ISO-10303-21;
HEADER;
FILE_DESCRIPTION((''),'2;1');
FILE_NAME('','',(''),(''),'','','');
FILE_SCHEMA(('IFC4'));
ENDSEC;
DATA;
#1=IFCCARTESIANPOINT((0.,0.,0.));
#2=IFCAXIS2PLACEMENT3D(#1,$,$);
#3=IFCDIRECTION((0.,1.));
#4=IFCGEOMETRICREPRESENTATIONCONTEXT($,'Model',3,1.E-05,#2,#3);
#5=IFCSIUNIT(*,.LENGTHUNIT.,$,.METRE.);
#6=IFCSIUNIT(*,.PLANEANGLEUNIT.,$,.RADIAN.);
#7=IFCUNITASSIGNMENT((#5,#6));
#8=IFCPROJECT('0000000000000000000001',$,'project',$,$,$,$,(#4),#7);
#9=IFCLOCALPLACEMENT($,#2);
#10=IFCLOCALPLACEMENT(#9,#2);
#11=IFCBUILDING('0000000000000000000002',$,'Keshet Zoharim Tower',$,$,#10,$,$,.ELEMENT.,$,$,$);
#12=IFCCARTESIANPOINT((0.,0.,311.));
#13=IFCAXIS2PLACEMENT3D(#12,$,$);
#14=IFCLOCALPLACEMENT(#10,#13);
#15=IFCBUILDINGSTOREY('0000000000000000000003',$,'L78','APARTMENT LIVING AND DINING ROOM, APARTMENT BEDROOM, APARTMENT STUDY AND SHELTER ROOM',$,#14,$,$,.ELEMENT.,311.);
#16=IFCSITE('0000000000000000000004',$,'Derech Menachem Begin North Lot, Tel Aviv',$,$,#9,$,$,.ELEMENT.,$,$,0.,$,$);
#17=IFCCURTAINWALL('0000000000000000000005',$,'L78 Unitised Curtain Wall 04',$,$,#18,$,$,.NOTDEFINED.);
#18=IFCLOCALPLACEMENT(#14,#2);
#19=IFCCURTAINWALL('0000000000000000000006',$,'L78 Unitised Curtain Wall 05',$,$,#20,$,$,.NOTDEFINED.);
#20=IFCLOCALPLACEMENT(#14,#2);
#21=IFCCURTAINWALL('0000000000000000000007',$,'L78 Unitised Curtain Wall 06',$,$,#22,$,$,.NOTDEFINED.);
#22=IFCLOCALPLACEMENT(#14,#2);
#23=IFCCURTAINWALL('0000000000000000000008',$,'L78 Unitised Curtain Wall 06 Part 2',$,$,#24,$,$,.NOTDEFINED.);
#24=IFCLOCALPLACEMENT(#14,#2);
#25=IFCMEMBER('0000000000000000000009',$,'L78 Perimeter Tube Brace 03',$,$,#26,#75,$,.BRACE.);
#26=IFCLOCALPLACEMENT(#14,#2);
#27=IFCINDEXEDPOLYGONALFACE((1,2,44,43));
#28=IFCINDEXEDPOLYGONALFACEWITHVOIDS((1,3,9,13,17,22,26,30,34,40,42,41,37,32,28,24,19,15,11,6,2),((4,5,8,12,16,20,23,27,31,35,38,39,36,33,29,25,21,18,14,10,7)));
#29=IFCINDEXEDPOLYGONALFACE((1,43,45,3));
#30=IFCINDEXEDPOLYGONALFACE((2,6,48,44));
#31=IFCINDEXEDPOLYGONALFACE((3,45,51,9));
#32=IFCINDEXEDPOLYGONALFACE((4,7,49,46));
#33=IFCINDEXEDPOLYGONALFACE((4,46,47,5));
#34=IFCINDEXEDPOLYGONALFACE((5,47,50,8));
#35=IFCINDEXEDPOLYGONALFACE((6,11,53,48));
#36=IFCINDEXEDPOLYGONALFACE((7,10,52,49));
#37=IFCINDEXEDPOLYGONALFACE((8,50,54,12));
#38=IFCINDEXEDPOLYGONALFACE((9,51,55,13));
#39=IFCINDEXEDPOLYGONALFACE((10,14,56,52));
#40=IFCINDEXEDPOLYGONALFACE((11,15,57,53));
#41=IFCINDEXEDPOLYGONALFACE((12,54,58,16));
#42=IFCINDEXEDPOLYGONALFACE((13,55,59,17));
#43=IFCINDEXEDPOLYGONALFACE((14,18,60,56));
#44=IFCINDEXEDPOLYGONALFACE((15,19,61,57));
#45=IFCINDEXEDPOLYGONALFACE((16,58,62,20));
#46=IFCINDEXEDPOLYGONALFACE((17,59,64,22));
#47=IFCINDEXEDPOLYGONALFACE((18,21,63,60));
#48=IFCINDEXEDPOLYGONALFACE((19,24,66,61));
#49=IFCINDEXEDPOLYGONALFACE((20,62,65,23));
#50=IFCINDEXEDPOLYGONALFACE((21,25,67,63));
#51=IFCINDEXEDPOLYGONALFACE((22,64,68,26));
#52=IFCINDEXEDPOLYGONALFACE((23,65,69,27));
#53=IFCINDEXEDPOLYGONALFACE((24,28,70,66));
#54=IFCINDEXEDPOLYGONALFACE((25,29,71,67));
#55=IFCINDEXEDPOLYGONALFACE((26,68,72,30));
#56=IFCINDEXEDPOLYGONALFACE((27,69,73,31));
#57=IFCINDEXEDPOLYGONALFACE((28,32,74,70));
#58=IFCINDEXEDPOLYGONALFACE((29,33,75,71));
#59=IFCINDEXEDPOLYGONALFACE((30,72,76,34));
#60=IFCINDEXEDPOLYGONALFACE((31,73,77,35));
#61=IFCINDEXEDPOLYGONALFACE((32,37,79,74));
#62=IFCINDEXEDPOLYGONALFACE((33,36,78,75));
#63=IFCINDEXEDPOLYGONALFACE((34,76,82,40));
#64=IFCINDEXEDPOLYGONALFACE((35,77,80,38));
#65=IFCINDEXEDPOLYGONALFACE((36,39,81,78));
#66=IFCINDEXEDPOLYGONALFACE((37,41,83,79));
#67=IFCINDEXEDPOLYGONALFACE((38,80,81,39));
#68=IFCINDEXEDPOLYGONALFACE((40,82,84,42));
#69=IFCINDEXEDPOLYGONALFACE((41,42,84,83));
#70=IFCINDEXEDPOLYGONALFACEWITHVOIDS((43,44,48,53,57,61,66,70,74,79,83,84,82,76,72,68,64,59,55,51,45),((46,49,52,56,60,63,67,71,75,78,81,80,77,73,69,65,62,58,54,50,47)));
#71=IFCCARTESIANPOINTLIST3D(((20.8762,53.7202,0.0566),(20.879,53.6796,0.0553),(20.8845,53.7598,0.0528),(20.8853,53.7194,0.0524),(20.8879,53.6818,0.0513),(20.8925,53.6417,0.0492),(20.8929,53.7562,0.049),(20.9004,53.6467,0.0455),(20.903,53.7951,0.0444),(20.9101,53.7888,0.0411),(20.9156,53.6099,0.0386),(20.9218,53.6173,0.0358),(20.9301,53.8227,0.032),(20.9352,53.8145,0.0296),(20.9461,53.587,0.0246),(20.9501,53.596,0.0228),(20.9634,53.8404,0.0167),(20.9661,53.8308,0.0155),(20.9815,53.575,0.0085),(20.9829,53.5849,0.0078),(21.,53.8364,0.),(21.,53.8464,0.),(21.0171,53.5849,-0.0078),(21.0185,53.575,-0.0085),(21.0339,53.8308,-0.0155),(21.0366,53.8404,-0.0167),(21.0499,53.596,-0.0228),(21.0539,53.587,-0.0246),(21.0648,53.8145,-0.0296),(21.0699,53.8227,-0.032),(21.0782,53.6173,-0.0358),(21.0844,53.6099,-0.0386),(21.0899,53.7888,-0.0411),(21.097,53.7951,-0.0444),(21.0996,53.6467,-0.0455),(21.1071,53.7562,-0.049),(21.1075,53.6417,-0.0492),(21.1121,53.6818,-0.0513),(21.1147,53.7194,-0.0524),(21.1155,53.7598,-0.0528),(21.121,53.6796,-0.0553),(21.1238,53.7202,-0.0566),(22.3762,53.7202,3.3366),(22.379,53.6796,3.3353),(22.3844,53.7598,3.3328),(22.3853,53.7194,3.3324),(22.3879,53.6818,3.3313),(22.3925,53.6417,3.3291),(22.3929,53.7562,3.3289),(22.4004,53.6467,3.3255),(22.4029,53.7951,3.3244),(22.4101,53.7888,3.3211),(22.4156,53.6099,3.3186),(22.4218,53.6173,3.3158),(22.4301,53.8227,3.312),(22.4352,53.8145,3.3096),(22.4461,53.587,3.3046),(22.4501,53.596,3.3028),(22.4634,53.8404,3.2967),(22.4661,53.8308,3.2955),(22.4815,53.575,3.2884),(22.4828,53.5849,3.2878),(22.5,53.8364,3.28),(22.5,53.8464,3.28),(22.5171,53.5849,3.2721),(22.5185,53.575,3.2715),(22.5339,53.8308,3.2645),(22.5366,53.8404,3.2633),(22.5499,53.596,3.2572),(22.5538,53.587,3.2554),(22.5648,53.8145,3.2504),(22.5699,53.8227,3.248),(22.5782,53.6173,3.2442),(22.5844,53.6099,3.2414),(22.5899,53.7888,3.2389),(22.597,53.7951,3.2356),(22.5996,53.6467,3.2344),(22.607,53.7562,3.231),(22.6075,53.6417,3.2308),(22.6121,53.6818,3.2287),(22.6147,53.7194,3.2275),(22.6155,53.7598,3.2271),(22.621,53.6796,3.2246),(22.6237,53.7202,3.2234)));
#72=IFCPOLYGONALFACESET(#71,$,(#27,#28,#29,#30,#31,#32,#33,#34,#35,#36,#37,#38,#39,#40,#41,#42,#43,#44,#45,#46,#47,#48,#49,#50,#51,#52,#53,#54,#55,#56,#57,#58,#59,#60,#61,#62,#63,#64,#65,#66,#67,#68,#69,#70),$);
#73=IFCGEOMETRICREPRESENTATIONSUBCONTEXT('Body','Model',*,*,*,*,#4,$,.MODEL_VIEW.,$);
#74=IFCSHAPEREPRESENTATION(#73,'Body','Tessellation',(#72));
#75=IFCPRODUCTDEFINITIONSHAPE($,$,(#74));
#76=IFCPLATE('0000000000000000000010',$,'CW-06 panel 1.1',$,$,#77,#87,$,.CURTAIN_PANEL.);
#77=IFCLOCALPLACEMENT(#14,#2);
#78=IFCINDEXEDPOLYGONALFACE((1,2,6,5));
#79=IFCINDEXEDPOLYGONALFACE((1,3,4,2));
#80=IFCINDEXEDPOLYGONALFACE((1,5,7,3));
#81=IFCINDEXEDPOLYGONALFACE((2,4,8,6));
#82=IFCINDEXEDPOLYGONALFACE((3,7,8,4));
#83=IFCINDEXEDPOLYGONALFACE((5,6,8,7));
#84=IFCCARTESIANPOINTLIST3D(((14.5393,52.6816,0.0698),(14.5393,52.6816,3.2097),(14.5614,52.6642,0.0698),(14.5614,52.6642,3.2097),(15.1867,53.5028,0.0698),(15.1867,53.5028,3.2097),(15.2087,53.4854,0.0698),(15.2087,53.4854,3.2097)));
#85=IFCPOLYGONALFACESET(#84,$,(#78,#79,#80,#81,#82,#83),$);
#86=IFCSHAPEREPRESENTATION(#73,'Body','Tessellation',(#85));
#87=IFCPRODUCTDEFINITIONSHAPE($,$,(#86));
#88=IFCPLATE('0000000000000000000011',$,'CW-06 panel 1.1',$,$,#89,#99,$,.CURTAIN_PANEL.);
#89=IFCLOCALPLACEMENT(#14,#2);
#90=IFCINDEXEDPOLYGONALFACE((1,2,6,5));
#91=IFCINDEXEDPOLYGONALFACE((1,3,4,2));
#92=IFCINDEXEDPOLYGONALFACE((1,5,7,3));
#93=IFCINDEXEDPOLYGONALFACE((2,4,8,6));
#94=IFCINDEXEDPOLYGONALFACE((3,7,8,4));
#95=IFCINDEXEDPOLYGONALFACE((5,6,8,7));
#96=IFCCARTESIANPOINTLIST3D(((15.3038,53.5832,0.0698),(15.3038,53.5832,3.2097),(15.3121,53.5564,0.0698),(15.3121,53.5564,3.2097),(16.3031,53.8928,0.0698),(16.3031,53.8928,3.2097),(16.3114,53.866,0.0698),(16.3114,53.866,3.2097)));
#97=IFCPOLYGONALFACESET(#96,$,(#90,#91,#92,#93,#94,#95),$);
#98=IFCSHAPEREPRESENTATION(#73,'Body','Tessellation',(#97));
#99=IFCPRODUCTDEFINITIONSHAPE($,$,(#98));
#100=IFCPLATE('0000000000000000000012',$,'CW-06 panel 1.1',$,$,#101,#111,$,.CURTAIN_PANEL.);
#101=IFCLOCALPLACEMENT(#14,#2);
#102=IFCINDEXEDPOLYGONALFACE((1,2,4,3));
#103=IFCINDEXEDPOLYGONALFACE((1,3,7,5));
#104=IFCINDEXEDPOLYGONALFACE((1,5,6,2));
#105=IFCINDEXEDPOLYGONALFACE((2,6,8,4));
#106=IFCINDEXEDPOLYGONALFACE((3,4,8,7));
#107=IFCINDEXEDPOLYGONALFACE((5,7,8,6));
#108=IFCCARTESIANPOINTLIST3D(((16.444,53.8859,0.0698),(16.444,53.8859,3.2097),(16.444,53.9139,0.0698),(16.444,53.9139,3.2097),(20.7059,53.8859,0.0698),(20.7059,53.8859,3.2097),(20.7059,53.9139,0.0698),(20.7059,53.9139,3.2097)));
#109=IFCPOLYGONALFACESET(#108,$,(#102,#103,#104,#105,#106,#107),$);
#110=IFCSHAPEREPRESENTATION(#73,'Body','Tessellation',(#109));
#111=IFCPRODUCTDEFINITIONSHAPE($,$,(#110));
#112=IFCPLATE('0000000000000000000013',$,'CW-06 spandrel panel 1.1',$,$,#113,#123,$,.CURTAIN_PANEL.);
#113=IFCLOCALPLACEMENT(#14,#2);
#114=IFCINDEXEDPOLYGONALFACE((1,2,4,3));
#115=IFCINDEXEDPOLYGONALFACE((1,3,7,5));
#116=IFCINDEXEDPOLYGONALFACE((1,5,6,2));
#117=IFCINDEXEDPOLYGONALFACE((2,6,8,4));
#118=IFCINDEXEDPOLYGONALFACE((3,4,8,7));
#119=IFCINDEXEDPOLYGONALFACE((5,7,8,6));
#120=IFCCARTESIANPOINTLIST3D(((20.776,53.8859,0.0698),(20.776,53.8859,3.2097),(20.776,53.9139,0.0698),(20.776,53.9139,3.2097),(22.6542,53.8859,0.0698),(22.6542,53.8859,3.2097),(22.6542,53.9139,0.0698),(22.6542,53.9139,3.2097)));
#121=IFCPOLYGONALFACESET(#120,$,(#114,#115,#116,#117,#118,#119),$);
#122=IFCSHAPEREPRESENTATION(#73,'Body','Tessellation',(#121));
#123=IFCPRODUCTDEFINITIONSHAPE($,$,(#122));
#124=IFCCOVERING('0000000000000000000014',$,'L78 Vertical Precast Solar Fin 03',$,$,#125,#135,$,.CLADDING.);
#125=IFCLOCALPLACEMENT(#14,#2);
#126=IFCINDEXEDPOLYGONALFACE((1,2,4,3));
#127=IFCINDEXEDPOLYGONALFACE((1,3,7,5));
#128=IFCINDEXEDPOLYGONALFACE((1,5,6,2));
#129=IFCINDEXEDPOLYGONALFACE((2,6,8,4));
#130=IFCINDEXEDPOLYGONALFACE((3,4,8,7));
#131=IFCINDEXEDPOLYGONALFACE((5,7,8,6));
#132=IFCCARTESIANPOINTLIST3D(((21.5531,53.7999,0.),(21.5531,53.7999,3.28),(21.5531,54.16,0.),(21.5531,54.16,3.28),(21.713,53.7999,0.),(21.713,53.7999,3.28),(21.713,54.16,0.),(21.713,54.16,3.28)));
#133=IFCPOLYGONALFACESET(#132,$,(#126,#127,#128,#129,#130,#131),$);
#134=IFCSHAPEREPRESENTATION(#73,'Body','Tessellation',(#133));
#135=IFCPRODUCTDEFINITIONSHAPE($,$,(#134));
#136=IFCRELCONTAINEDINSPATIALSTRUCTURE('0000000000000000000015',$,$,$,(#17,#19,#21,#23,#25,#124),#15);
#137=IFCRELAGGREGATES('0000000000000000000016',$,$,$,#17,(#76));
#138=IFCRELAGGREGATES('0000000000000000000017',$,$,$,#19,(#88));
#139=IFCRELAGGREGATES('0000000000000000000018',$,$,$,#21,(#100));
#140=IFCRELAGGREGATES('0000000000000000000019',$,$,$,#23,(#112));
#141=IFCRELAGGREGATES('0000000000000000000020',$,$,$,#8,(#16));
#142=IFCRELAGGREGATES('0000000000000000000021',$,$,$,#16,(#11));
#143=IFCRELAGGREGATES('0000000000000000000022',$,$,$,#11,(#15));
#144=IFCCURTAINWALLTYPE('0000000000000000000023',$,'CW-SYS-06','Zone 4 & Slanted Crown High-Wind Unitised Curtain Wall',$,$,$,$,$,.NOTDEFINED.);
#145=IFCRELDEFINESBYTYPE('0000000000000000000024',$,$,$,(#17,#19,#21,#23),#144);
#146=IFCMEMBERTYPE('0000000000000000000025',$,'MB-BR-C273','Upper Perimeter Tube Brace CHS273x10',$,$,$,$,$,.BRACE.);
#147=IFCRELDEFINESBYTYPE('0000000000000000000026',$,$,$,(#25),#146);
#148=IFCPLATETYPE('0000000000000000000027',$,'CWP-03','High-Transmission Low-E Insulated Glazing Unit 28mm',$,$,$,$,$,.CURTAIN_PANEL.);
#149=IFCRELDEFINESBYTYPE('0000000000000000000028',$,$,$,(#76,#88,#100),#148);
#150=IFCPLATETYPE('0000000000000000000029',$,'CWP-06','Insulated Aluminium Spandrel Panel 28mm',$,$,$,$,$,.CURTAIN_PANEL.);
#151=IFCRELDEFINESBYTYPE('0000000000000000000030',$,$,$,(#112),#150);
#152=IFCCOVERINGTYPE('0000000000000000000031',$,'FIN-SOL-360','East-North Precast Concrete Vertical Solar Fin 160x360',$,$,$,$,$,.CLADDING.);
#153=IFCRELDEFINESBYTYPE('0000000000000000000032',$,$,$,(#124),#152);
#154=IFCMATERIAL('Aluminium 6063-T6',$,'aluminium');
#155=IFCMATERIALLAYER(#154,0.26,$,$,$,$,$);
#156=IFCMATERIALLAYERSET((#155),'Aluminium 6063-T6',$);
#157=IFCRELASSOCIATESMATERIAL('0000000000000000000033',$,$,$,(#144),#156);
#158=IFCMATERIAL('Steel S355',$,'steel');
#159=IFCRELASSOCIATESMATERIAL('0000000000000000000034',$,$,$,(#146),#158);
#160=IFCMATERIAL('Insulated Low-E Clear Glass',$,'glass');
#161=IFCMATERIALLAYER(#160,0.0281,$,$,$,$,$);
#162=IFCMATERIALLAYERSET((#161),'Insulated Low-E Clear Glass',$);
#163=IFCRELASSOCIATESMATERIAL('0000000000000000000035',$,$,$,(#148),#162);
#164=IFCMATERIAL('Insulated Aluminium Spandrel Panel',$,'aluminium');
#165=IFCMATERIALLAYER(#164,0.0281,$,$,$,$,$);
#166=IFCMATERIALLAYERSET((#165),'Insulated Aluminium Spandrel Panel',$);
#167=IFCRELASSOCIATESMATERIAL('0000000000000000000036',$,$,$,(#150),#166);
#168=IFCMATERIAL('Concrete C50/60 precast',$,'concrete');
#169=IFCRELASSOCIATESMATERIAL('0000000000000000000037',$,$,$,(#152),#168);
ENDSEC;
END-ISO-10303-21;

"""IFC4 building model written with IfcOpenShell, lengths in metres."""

from ifc_helpers import new_model, si_unit, direction, frame, origin, origin_2d, place, context, subcontext, project, spatial, rectangle, hollow_circle, extrude, material, layer, layer_set, material_profile, profile_set, type_object, element, aggregate, save


model = new_model("IFC4")

# Units and contexts
model_context = context("Model", 3, precision=1e-05, world=origin(), true_north=direction((0.0, 1.0)))
body_context = subcontext(model_context, "Body", "Model", "MODEL_VIEW")
ifc_project = project(units=[si_unit("LENGTHUNIT", "METRE"), si_unit("PLANEANGLEUNIT", "RADIAN")], contexts=[model_context])

# Site, building, storey
site_placement = place(None, origin())
site = spatial("IfcSite", under=ifc_project, at=site_placement, Name="Derech Menachem Begin North Lot, Tel Aviv", CompositionType="ELEMENT", RefElevation=0.0)
building_placement = place(site_placement, origin())
building = spatial("IfcBuilding", under=site, at=building_placement, Name="Keshet Zoharim Tower", CompositionType="ELEMENT")
storey_placement = place(building_placement, frame((0.0, 0.0, 311.0)))
storey = spatial("IfcBuildingStorey", under=building, at=storey_placement, Name="L78", Description="APARTMENT LIVING AND DINING ROOM, APARTMENT BEDROOM, APARTMENT STUDY AND SHELTER ROOM", CompositionType="ELEMENT", Elevation=311.0)

# Shared definitions
ifc_material_1 = material(Name="Steel S355", Category="steel")

# Curtain wall
ifc_material_2 = material(Name="Aluminium 6063-T6", Category="aluminium")
ifc_layer_1 = layer(ifc_material_2, 0.26)
ifc_layer_set_1 = layer_set([ifc_layer_1], Name="Aluminium 6063-T6")
curtain_wall_type = type_object("IfcCurtainWallType", Name="CW-SYS-06", Description="Zone 4 & Slanted Crown High-Wind Unitised Curtain Wall", PredefinedType="NOTDEFINED", material=ifc_layer_set_1)
curtain_wall_1_placement = place(storey_placement, origin())
curtain_wall_1 = element("IfcCurtainWall", 1, at=curtain_wall_1_placement, inside=storey, type_object=curtain_wall_type, Name="L78 Unitised Curtain Wall 04", PredefinedType="NOTDEFINED")

# Curtain walls
curtain_wall_2_placement = place(storey_placement, origin())
curtain_wall_2 = element("IfcCurtainWall", 2, at=curtain_wall_2_placement, inside=storey, type_object=curtain_wall_type, Name="L78 Unitised Curtain Wall 05", PredefinedType="NOTDEFINED")
curtain_wall_3_placement = place(storey_placement, origin())
curtain_wall_3 = element("IfcCurtainWall", 3, at=curtain_wall_3_placement, inside=storey, type_object=curtain_wall_type, Name="L78 Unitised Curtain Wall 06", PredefinedType="NOTDEFINED")

# Curtain wall
curtain_wall_4_placement = place(storey_placement, origin())
curtain_wall_4 = element("IfcCurtainWall", 4, at=curtain_wall_4_placement, inside=storey, type_object=curtain_wall_type, Name="L78 Unitised Curtain Wall 06 Part 2", PredefinedType="NOTDEFINED")

# Member
ifc_material_profile_1 = material_profile(ifc_material_1, hollow_circle(Radius=0.1365, WallThickness=0.01, at=origin_2d()), Name="CHS273x10")
ifc_profile_set_1 = profile_set([ifc_material_profile_1], Name="Steel S355")
member_type_1 = type_object("IfcMemberType", Name="MB-BR-C273", Description="Upper Perimeter Tube Brace CHS273x10", PredefinedType="BRACE", material=ifc_profile_set_1)
member_1_placement = place(storey_placement, frame((21.0, 53.71, 0.0), z_axis=(0.415888, 0.0, 0.909416), x_axis=(0.0, 1.0, 0.0)))
element("IfcMember", 5, at=member_1_placement, inside=storey, type_object=member_type_1, Name="L78 Perimeter Tube Brace 03", PredefinedType="BRACE", context=body_context, shape_type="SweptSolid", body=[
    extrude(hollow_circle(Radius=0.1365, WallThickness=0.01, at=origin_2d()), origin(), (0.0, 0.0, 1.0), 3.6067),
])

# Plates
ifc_material_3 = material(Name="Insulated Low-E Clear Glass", Category="glass")
ifc_layer_2 = layer(ifc_material_3, 0.0281)
ifc_layer_set_2 = layer_set([ifc_layer_2], Name="Insulated Low-E Clear Glass")
plate_type_1 = type_object("IfcPlateType", Name="CWP-03", Description="High-Transmission Low-E Insulated Glazing Unit 28mm", PredefinedType="CURTAIN_PANEL", material=ifc_layer_set_2)
plate_1_placement = place(storey_placement, frame((14.874, 53.0835, 0.0698), z_axis=(0.0, 0.0, 1.0), x_axis=(0.619125, 0.785293, 0.0)))
plate_1 = element("IfcPlate", 6, at=plate_1_placement, type_object=plate_type_1, Name="CW-06 panel 1.1", PredefinedType="CURTAIN_PANEL", context=body_context, shape_type="SweptSolid", body=[
    extrude(rectangle(XDim=1.0457, YDim=0.0281, at=origin_2d()), origin(), (0.0, 0.0, 1.0), 3.1399),
])
aggregate(curtain_wall_1, [plate_1])
plate_2_placement = place(storey_placement, frame((15.8076, 53.7246, 0.0698), z_axis=(0.0, 0.0, 1.0), x_axis=(0.955212, 0.295922, 0.0)))
plate_2 = element("IfcPlate", 7, at=plate_2_placement, type_object=plate_type_1, Name="CW-06 panel 1.1", PredefinedType="CURTAIN_PANEL", context=body_context, shape_type="SweptSolid", body=[
    extrude(rectangle(XDim=1.0461, YDim=0.0281, at=origin_2d()), origin(), (0.0, 0.0, 1.0), 3.1399),
])
aggregate(curtain_wall_2, [plate_2])
plate_3_placement = place(storey_placement, frame((18.575, 53.8999, 0.0698), z_axis=(0.0, 0.0, 1.0), x_axis=(1.0, 0.0, 0.0)))
plate_3 = element("IfcPlate", 8, at=plate_3_placement, type_object=plate_type_1, Name="CW-06 panel 1.1", PredefinedType="CURTAIN_PANEL", context=body_context, shape_type="SweptSolid", body=[
    extrude(rectangle(XDim=4.262, YDim=0.0281, at=origin_2d()), origin(), (0.0, 0.0, 1.0), 3.1399),
])
aggregate(curtain_wall_3, [plate_3])
ifc_material_4 = material(Name="Insulated Aluminium Spandrel Panel", Category="aluminium")
ifc_layer_3 = layer(ifc_material_4, 0.0281)
ifc_layer_set_3 = layer_set([ifc_layer_3], Name="Insulated Aluminium Spandrel Panel")
plate_type_2 = type_object("IfcPlateType", Name="CWP-06", Description="Insulated Aluminium Spandrel Panel 28mm", PredefinedType="CURTAIN_PANEL", material=ifc_layer_set_3)
plate_4_placement = place(storey_placement, frame((21.7151, 53.8999, 0.0698), z_axis=(0.0, 0.0, 1.0), x_axis=(1.0, 0.0, 0.0)))
plate_4 = element("IfcPlate", 9, at=plate_4_placement, type_object=plate_type_2, Name="CW-06 spandrel panel 1.1", PredefinedType="CURTAIN_PANEL", context=body_context, shape_type="SweptSolid", body=[
    extrude(rectangle(XDim=1.8782, YDim=0.0281, at=origin_2d()), origin(), (0.0, 0.0, 1.0), 3.1399),
])
aggregate(curtain_wall_4, [plate_4])

# Covering
ifc_material_5 = material(Name="Concrete C50/60 precast", Category="concrete")
covering_type = type_object("IfcCoveringType", Name="FIN-SOL-360", Description="East-North Precast Concrete Vertical Solar Fin 160x360", PredefinedType="CLADDING", material=ifc_material_5)
covering_placement = place(storey_placement, frame((21.6331, 53.98, 0.0), z_axis=(0.0, 0.0, 1.0), x_axis=(1.0, 0.0, 0.0)))
element("IfcCovering", 10, at=covering_placement, inside=storey, type_object=covering_type, Name="L78 Vertical Precast Solar Fin 03", PredefinedType="CLADDING", context=body_context, shape_type="SweptSolid", body=[
    extrude(rectangle(XDim=0.1599, YDim=0.3601, at=origin_2d()), origin(), (0.0, 0.0, 1.0), 3.28),
])

save(model, "model.ifc")
